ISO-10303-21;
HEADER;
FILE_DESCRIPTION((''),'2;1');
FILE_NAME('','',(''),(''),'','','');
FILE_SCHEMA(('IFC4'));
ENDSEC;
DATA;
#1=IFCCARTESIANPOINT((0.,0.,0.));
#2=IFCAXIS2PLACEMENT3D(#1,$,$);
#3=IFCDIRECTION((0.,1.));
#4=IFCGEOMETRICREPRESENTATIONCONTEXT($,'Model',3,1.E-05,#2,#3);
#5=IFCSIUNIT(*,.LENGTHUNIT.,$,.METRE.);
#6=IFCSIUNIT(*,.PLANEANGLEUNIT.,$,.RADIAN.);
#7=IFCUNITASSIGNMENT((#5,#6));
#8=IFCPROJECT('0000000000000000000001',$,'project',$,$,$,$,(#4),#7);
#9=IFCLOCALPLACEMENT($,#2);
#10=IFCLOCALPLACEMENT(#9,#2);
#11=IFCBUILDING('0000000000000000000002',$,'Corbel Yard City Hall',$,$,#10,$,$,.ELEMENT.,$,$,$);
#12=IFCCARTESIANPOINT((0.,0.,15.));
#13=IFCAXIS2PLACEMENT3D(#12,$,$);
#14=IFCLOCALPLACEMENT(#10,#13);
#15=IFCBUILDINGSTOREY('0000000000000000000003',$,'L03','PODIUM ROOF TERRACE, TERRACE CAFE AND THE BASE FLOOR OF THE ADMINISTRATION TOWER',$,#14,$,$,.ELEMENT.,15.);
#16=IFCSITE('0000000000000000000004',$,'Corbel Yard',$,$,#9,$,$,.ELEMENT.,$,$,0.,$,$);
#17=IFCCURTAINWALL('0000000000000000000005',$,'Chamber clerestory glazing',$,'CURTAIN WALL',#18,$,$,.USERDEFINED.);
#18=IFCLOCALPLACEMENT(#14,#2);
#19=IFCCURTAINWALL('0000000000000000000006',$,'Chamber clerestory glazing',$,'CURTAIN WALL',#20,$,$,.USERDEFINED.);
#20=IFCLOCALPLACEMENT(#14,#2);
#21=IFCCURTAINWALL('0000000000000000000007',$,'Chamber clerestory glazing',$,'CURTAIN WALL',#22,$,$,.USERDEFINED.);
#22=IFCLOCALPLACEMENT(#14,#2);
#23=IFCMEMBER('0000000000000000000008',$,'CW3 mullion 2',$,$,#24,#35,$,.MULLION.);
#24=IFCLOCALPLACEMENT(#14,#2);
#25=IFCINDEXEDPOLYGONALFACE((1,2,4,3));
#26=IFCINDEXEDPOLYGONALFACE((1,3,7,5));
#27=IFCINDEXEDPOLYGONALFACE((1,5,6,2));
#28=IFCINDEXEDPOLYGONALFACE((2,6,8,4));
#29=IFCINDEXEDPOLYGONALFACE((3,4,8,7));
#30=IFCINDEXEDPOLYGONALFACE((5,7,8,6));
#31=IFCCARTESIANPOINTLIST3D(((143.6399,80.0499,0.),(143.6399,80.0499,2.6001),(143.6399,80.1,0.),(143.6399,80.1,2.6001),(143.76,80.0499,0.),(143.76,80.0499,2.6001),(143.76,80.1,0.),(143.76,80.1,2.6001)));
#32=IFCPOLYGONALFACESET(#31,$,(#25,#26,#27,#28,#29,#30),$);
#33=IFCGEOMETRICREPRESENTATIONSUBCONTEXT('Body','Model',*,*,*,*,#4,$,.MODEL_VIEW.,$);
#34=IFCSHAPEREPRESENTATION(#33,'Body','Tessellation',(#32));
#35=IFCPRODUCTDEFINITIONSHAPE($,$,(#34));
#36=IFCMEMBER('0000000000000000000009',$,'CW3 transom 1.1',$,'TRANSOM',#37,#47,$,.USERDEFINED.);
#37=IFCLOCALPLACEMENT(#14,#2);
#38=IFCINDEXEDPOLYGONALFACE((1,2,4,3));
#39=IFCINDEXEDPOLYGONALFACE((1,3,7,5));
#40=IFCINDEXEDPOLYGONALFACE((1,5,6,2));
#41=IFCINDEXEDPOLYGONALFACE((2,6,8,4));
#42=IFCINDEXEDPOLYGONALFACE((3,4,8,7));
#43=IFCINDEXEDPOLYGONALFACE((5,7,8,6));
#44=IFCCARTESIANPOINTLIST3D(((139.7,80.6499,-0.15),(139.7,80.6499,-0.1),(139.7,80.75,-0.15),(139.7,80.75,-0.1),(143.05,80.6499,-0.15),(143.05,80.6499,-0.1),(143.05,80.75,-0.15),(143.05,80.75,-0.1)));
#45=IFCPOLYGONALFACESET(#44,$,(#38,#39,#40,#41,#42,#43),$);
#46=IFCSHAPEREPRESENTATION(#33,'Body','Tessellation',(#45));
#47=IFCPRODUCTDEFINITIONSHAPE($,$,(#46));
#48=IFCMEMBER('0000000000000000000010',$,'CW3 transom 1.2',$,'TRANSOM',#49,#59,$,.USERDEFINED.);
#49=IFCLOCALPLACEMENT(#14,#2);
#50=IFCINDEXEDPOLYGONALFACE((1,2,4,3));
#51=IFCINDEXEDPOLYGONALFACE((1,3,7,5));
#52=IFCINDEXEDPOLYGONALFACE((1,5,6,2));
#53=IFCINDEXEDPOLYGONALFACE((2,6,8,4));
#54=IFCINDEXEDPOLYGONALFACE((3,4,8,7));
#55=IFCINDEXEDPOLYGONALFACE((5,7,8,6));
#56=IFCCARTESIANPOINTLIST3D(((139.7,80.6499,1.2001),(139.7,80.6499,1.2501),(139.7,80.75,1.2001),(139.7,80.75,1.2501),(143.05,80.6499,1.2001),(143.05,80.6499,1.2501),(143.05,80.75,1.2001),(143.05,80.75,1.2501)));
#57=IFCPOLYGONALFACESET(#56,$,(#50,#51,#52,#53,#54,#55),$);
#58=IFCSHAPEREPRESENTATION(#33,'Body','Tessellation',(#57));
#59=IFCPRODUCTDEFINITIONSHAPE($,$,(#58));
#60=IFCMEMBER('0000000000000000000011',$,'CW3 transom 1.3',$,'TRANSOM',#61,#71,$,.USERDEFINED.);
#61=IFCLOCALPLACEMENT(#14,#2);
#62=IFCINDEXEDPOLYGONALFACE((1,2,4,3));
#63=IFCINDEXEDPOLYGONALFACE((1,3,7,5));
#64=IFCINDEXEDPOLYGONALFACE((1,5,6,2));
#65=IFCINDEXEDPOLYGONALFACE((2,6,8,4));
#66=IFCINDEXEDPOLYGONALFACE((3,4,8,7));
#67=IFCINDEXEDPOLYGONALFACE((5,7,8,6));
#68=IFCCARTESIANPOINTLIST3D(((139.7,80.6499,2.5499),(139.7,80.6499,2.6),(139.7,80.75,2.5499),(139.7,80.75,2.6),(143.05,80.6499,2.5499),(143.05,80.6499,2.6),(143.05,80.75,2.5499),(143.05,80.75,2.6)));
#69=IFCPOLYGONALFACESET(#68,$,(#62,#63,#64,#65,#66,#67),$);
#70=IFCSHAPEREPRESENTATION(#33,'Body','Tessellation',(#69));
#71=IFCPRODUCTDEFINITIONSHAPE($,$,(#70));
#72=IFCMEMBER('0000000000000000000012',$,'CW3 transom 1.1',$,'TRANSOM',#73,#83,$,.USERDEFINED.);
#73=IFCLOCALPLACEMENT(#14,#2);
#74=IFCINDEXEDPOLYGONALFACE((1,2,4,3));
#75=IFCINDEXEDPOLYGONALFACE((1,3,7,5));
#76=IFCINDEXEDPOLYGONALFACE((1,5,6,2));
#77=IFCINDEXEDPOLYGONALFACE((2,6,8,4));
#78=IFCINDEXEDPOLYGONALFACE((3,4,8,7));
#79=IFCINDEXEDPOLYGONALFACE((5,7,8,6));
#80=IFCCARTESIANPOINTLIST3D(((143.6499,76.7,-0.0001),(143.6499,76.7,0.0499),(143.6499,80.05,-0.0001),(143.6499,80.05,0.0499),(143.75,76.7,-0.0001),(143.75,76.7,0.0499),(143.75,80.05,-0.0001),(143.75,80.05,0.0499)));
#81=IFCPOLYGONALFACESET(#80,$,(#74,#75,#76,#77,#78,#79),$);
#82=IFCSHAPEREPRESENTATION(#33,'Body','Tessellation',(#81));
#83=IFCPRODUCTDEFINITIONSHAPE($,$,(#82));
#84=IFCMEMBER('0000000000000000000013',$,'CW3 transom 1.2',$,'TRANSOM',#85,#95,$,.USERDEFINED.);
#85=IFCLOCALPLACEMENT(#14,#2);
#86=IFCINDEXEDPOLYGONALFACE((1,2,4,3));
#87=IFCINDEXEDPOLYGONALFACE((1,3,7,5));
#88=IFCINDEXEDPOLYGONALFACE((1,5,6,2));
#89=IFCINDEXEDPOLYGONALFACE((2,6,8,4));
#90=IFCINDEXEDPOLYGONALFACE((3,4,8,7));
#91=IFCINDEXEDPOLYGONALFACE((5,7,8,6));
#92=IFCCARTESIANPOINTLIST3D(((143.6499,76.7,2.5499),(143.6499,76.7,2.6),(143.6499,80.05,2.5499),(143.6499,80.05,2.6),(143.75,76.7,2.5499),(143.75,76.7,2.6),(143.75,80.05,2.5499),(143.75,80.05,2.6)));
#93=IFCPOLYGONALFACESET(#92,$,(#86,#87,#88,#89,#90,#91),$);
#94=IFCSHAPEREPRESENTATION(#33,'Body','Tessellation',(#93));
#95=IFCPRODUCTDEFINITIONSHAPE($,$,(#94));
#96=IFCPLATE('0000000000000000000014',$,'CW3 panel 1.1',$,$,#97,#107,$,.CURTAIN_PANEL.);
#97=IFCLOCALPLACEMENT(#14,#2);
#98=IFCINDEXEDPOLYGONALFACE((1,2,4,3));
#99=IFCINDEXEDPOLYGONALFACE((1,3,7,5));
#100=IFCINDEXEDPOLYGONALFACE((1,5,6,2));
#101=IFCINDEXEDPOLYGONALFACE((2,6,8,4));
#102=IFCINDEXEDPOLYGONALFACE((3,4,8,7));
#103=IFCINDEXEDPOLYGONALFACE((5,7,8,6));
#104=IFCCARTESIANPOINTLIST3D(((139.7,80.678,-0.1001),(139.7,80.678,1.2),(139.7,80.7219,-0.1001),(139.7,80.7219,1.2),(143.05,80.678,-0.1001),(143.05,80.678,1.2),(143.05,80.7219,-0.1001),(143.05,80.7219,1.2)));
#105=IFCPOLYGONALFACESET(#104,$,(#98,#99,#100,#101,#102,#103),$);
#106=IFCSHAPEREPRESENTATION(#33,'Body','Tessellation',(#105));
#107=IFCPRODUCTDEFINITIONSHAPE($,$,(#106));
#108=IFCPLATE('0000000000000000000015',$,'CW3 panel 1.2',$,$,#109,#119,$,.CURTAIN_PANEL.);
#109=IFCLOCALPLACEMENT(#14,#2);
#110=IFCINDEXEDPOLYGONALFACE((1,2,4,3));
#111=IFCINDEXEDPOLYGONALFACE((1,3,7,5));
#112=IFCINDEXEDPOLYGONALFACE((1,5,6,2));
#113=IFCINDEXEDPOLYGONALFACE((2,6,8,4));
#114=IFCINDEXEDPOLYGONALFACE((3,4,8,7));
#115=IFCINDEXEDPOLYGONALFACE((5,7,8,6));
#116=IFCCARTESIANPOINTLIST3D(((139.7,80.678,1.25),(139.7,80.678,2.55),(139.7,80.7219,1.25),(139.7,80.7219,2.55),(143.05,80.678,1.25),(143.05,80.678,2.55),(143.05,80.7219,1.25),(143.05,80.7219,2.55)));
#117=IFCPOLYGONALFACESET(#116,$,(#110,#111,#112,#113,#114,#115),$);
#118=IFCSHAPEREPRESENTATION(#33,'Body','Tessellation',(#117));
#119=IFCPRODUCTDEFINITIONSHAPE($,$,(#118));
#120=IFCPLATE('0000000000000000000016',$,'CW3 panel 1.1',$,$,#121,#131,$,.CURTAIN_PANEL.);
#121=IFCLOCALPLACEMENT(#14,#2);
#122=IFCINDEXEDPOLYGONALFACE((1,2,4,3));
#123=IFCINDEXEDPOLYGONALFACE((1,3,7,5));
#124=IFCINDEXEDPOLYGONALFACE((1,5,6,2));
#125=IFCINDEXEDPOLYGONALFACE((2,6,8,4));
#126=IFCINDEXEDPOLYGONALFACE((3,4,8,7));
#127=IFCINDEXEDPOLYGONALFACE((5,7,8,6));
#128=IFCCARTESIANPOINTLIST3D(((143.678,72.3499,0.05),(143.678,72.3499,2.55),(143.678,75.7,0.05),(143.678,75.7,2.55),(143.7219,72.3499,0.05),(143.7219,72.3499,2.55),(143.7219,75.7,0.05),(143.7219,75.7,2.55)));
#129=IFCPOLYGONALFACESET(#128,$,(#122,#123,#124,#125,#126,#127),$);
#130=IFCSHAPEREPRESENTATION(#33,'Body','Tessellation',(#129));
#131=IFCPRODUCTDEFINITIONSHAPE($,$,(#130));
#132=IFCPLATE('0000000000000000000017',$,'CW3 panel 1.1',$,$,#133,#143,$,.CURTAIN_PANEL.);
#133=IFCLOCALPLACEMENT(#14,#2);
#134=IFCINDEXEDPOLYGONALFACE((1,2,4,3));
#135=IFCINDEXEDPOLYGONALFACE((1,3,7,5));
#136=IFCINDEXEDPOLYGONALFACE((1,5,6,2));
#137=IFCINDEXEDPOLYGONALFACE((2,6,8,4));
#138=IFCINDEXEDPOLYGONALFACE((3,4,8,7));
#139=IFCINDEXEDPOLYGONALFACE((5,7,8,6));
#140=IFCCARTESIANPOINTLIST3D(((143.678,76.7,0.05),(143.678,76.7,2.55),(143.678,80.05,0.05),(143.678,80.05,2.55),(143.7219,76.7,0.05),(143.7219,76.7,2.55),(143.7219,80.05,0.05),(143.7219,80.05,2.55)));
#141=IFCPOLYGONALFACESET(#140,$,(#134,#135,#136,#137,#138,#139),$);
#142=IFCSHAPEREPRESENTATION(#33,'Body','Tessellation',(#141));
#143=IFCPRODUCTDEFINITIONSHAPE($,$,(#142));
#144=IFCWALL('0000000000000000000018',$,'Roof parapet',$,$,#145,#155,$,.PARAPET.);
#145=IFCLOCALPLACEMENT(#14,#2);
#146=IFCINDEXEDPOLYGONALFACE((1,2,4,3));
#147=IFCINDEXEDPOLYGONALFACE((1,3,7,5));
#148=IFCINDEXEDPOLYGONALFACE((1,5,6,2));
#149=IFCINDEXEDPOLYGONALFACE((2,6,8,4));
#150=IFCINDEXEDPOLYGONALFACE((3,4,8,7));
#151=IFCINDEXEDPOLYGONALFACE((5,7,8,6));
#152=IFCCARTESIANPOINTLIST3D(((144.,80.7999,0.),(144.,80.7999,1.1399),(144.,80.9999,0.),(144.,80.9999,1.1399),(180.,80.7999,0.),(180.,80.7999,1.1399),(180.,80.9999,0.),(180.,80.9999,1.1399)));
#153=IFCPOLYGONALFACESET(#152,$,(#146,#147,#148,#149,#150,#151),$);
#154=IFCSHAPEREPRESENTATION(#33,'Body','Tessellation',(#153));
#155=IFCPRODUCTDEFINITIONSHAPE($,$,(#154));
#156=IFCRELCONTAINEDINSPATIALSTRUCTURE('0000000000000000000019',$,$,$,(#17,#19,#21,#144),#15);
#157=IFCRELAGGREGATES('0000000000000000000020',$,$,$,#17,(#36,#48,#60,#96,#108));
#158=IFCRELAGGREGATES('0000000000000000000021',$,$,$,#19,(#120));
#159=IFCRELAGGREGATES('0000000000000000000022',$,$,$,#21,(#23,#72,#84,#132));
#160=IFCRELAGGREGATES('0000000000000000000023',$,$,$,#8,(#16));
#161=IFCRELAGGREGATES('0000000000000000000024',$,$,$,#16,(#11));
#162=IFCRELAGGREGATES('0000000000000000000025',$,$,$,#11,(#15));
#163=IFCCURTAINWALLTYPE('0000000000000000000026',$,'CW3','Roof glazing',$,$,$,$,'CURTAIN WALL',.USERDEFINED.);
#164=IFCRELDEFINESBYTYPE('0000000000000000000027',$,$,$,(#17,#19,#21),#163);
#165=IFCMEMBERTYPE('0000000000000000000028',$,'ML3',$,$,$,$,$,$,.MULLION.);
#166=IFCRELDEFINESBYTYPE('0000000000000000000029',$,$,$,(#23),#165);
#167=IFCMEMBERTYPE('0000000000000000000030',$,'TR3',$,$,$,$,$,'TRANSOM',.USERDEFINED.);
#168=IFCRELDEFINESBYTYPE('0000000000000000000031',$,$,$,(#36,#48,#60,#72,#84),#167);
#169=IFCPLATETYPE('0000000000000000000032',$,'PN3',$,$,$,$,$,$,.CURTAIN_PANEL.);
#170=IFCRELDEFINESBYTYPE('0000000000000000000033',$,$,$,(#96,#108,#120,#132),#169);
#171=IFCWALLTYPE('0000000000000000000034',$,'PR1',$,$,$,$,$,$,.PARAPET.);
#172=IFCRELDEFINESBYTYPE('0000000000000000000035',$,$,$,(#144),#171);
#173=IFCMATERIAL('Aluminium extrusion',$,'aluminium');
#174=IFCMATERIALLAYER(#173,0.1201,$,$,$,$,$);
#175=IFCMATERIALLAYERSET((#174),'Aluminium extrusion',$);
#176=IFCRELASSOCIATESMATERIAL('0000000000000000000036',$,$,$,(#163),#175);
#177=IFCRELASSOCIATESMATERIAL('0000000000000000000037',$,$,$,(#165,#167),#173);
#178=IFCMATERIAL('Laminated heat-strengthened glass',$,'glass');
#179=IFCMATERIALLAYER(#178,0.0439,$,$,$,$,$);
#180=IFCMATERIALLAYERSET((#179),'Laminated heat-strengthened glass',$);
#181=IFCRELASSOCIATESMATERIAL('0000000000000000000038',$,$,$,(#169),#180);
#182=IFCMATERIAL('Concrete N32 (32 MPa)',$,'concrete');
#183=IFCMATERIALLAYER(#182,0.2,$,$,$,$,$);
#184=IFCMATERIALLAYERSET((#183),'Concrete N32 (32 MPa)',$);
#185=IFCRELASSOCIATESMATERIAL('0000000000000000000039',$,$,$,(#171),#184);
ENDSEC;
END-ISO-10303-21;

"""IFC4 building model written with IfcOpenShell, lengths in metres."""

from ifc_helpers import new_model, si_unit, direction, frame, frame_2d, origin, origin_2d, place, context, subcontext, project, spatial, rectangle, extrude, material, layer, layer_set, material_profile, profile_set, type_object, element, aggregate, save


model = new_model("IFC4")

# Units and contexts
model_context = context("Model", 3, precision=1e-05, world=origin(), true_north=direction((0.0, 1.0)))
body_context = subcontext(model_context, "Body", "Model", "MODEL_VIEW")
ifc_project = project(units=[si_unit("LENGTHUNIT", "METRE"), si_unit("PLANEANGLEUNIT", "RADIAN")], contexts=[model_context])

# Site, building, storey
site_placement = place(None, origin())
site = spatial("IfcSite", under=ifc_project, at=site_placement, Name="Corbel Yard", CompositionType="ELEMENT", RefElevation=0.0)
building_placement = place(site_placement, origin())
building = spatial("IfcBuilding", under=site, at=building_placement, Name="Corbel Yard City Hall", CompositionType="ELEMENT")
storey_placement = place(building_placement, frame((0.0, 0.0, 15.0)))
storey = spatial("IfcBuildingStorey", under=building, at=storey_placement, Name="L03", Description="PODIUM ROOF TERRACE, TERRACE CAFE AND THE BASE FLOOR OF THE ADMINISTRATION TOWER", CompositionType="ELEMENT", Elevation=15.0)

# Curtain wall
ifc_material_1 = material(Name="Aluminium extrusion", Category="aluminium")
ifc_layer_1 = layer(ifc_material_1, 0.1201)
ifc_layer_set_1 = layer_set([ifc_layer_1], Name="Aluminium extrusion")
curtain_wall_type = type_object("IfcCurtainWallType", Name="CW3", Description="Roof glazing", ElementType="CURTAIN WALL", PredefinedType="USERDEFINED", material=ifc_layer_set_1)
curtain_wall_1_placement = place(storey_placement, origin())
curtain_wall_1 = element("IfcCurtainWall", 1, at=curtain_wall_1_placement, inside=storey, type_object=curtain_wall_type, Name="Chamber clerestory glazing", ObjectType="CURTAIN WALL", PredefinedType="USERDEFINED")
ifc_material_profile_1 = material_profile(ifc_material_1, rectangle(XDim=0.1201, YDim=0.05, at=origin_2d()), Name="120x50")
ifc_profile_set_1 = profile_set([ifc_material_profile_1], Name="Aluminium extrusion")
member_type_1 = type_object("IfcMemberType", Name="ML3", PredefinedType="MULLION", material=ifc_profile_set_1)

# Curtain wall
curtain_wall_2_placement = place(storey_placement, origin())
curtain_wall_2 = element("IfcCurtainWall", 2, at=curtain_wall_2_placement, inside=storey, type_object=curtain_wall_type, Name="Chamber clerestory glazing", ObjectType="CURTAIN WALL", PredefinedType="USERDEFINED")

# Curtain wall, member
curtain_wall_3_placement = place(storey_placement, origin())
curtain_wall_3 = element("IfcCurtainWall", 3, at=curtain_wall_3_placement, inside=storey, type_object=curtain_wall_type, Name="Chamber clerestory glazing", ObjectType="CURTAIN WALL", PredefinedType="USERDEFINED")
member_1_placement = place(storey_placement, frame((143.7, 80.075, 0.0), z_axis=(0.0, 0.0, 1.0), x_axis=(-1.0, 0.0, 0.0)))
member_1 = element("IfcMember", 4, at=member_1_placement, type_object=member_type_1, Name="CW3 mullion 2", PredefinedType="MULLION", context=body_context, shape_type="SweptSolid", body=[
    extrude(rectangle(XDim=0.1201, YDim=0.05, at=origin_2d()), origin(), (0.0, 0.0, 1.0), 2.6001),
])

# Members
ifc_material_profile_2 = material_profile(ifc_material_1, rectangle(XDim=0.1001, YDim=0.05, at=origin_2d()), Name="100x50")
ifc_profile_set_2 = profile_set([ifc_material_profile_2], Name="Aluminium extrusion")
member_type_2 = type_object("IfcMemberType", Name="TR3", ElementType="TRANSOM", PredefinedType="USERDEFINED", material=ifc_profile_set_2)
member_2_placement = place(storey_placement, frame((139.7, 80.7, -0.125), z_axis=(1.0, 0.0, 0.0), x_axis=(0.0, 1.0, 0.0)))
member_2 = element("IfcMember", 5, at=member_2_placement, type_object=member_type_2, Name="CW3 transom 1.1", ObjectType="TRANSOM", PredefinedType="USERDEFINED", context=body_context, shape_type="SweptSolid", body=[
    extrude(rectangle(XDim=0.1001, YDim=0.05, at=origin_2d()), origin(), (0.0, 0.0, 1.0), 3.3501),
])
member_3_placement = place(storey_placement, frame((139.7, 80.7, 1.2251), z_axis=(1.0, 0.0, 0.0), x_axis=(0.0, 1.0, 0.0)))
member_3 = element("IfcMember", 6, at=member_3_placement, type_object=member_type_2, Name="CW3 transom 1.2", ObjectType="TRANSOM", PredefinedType="USERDEFINED", context=body_context, shape_type="SweptSolid", body=[
    extrude(rectangle(XDim=0.1001, YDim=0.05, at=origin_2d()), origin(), (0.0, 0.0, 1.0), 3.3501),
])
member_4_placement = place(storey_placement, frame((139.7, 80.7, 2.575), z_axis=(1.0, 0.0, 0.0), x_axis=(0.0, 1.0, 0.0)))
member_4 = element("IfcMember", 7, at=member_4_placement, type_object=member_type_2, Name="CW3 transom 1.3", ObjectType="TRANSOM", PredefinedType="USERDEFINED", context=body_context, shape_type="SweptSolid", body=[
    extrude(rectangle(XDim=0.1001, YDim=0.05, at=origin_2d()), origin(), (0.0, 0.0, 1.0), 3.3501),
])
member_5_placement = place(storey_placement, frame((143.7, 76.7, 0.0249), z_axis=(0.0, 1.0, 0.0), x_axis=(-1.0, 0.0, 0.0)))
member_5 = element("IfcMember", 8, at=member_5_placement, type_object=member_type_2, Name="CW3 transom 1.1", ObjectType="TRANSOM", PredefinedType="USERDEFINED", context=body_context, shape_type="SweptSolid", body=[
    extrude(rectangle(XDim=0.1001, YDim=0.05, at=origin_2d()), origin(), (0.0, 0.0, 1.0), 3.3501),
])
member_6_placement = place(storey_placement, frame((143.7, 76.7, 2.575), z_axis=(0.0, 1.0, 0.0), x_axis=(-1.0, 0.0, 0.0)))
member_6 = element("IfcMember", 9, at=member_6_placement, type_object=member_type_2, Name="CW3 transom 1.2", ObjectType="TRANSOM", PredefinedType="USERDEFINED", context=body_context, shape_type="SweptSolid", body=[
    extrude(rectangle(XDim=0.1001, YDim=0.05, at=origin_2d()), origin(), (0.0, 0.0, 1.0), 3.3501),
])

# Plates
ifc_material_2 = material(Name="Laminated heat-strengthened glass", Category="glass")
ifc_layer_2 = layer(ifc_material_2, 0.0439)
ifc_layer_set_2 = layer_set([ifc_layer_2], Name="Laminated heat-strengthened glass")
plate_type = type_object("IfcPlateType", Name="PN3", PredefinedType="CURTAIN_PANEL", material=ifc_layer_set_2)
plate_1_placement = place(storey_placement, frame((141.375, 80.7, -0.1001), z_axis=(0.0, 0.0, 1.0), x_axis=(1.0, 0.0, 0.0)))
plate_1 = element("IfcPlate", 10, at=plate_1_placement, type_object=plate_type, Name="CW3 panel 1.1", PredefinedType="CURTAIN_PANEL", context=body_context, shape_type="SweptSolid", body=[
    extrude(rectangle(XDim=3.3501, YDim=0.0439, at=origin_2d()), origin(), (0.0, 0.0, 1.0), 1.3),
])
plate_2_placement = place(storey_placement, frame((141.375, 80.7, 1.25), z_axis=(0.0, 0.0, 1.0), x_axis=(1.0, 0.0, 0.0)))
plate_2 = element("IfcPlate", 11, at=plate_2_placement, type_object=plate_type, Name="CW3 panel 1.2", PredefinedType="CURTAIN_PANEL", context=body_context, shape_type="SweptSolid", body=[
    extrude(rectangle(XDim=3.3501, YDim=0.0439, at=origin_2d()), origin(), (0.0, 0.0, 1.0), 1.3),
])
aggregate(curtain_wall_1, [member_2, member_3, member_4, plate_1, plate_2])
plate_3_placement = place(storey_placement, frame((143.7, 74.0249, 0.05), z_axis=(0.0, 0.0, 1.0), x_axis=(0.0, 1.0, 0.0)))
plate_3 = element("IfcPlate", 12, at=plate_3_placement, type_object=plate_type, Name="CW3 panel 1.1", PredefinedType="CURTAIN_PANEL", context=body_context, shape_type="SweptSolid", body=[
    extrude(rectangle(XDim=3.3501, YDim=0.0439, at=origin_2d()), origin(), (0.0, 0.0, 1.0), 2.5),
])
aggregate(curtain_wall_2, [plate_3])
plate_4_placement = place(storey_placement, frame((143.7, 78.375, 0.05), z_axis=(0.0, 0.0, 1.0), x_axis=(0.0, 1.0, 0.0)))
plate_4 = element("IfcPlate", 13, at=plate_4_placement, type_object=plate_type, Name="CW3 panel 1.1", PredefinedType="CURTAIN_PANEL", context=body_context, shape_type="SweptSolid", body=[
    extrude(rectangle(XDim=3.3501, YDim=0.0439, at=origin_2d()), origin(), (0.0, 0.0, 1.0), 2.5),
])
aggregate(curtain_wall_3, [member_1, member_5, member_6, plate_4])

# Wall
ifc_material_3 = material(Name="Concrete N32 (32 MPa)", Category="concrete")
ifc_layer_3 = layer(ifc_material_3, 0.2)
ifc_layer_set_3 = layer_set([ifc_layer_3], Name="Concrete N32 (32 MPa)")
wall_type = type_object("IfcWallType", Name="PR1", PredefinedType="PARAPET", material=ifc_layer_set_3)
wall_placement = place(storey_placement, frame((144.0, 80.8999, 0.0), z_axis=(0.0, 0.0, 1.0), x_axis=(1.0, 0.0, 0.0)))
element("IfcWall", 14, at=wall_placement, inside=storey, type_object=wall_type, Name="Roof parapet", PredefinedType="PARAPET", context=body_context, shape_type="SweptSolid", body=[
    extrude(rectangle(XDim=36.0, YDim=0.2, at=frame_2d((18.0, 0.0))), origin(), (0.0, 0.0, 1.0), 1.1399),
])

save(model, "model.ifc")
